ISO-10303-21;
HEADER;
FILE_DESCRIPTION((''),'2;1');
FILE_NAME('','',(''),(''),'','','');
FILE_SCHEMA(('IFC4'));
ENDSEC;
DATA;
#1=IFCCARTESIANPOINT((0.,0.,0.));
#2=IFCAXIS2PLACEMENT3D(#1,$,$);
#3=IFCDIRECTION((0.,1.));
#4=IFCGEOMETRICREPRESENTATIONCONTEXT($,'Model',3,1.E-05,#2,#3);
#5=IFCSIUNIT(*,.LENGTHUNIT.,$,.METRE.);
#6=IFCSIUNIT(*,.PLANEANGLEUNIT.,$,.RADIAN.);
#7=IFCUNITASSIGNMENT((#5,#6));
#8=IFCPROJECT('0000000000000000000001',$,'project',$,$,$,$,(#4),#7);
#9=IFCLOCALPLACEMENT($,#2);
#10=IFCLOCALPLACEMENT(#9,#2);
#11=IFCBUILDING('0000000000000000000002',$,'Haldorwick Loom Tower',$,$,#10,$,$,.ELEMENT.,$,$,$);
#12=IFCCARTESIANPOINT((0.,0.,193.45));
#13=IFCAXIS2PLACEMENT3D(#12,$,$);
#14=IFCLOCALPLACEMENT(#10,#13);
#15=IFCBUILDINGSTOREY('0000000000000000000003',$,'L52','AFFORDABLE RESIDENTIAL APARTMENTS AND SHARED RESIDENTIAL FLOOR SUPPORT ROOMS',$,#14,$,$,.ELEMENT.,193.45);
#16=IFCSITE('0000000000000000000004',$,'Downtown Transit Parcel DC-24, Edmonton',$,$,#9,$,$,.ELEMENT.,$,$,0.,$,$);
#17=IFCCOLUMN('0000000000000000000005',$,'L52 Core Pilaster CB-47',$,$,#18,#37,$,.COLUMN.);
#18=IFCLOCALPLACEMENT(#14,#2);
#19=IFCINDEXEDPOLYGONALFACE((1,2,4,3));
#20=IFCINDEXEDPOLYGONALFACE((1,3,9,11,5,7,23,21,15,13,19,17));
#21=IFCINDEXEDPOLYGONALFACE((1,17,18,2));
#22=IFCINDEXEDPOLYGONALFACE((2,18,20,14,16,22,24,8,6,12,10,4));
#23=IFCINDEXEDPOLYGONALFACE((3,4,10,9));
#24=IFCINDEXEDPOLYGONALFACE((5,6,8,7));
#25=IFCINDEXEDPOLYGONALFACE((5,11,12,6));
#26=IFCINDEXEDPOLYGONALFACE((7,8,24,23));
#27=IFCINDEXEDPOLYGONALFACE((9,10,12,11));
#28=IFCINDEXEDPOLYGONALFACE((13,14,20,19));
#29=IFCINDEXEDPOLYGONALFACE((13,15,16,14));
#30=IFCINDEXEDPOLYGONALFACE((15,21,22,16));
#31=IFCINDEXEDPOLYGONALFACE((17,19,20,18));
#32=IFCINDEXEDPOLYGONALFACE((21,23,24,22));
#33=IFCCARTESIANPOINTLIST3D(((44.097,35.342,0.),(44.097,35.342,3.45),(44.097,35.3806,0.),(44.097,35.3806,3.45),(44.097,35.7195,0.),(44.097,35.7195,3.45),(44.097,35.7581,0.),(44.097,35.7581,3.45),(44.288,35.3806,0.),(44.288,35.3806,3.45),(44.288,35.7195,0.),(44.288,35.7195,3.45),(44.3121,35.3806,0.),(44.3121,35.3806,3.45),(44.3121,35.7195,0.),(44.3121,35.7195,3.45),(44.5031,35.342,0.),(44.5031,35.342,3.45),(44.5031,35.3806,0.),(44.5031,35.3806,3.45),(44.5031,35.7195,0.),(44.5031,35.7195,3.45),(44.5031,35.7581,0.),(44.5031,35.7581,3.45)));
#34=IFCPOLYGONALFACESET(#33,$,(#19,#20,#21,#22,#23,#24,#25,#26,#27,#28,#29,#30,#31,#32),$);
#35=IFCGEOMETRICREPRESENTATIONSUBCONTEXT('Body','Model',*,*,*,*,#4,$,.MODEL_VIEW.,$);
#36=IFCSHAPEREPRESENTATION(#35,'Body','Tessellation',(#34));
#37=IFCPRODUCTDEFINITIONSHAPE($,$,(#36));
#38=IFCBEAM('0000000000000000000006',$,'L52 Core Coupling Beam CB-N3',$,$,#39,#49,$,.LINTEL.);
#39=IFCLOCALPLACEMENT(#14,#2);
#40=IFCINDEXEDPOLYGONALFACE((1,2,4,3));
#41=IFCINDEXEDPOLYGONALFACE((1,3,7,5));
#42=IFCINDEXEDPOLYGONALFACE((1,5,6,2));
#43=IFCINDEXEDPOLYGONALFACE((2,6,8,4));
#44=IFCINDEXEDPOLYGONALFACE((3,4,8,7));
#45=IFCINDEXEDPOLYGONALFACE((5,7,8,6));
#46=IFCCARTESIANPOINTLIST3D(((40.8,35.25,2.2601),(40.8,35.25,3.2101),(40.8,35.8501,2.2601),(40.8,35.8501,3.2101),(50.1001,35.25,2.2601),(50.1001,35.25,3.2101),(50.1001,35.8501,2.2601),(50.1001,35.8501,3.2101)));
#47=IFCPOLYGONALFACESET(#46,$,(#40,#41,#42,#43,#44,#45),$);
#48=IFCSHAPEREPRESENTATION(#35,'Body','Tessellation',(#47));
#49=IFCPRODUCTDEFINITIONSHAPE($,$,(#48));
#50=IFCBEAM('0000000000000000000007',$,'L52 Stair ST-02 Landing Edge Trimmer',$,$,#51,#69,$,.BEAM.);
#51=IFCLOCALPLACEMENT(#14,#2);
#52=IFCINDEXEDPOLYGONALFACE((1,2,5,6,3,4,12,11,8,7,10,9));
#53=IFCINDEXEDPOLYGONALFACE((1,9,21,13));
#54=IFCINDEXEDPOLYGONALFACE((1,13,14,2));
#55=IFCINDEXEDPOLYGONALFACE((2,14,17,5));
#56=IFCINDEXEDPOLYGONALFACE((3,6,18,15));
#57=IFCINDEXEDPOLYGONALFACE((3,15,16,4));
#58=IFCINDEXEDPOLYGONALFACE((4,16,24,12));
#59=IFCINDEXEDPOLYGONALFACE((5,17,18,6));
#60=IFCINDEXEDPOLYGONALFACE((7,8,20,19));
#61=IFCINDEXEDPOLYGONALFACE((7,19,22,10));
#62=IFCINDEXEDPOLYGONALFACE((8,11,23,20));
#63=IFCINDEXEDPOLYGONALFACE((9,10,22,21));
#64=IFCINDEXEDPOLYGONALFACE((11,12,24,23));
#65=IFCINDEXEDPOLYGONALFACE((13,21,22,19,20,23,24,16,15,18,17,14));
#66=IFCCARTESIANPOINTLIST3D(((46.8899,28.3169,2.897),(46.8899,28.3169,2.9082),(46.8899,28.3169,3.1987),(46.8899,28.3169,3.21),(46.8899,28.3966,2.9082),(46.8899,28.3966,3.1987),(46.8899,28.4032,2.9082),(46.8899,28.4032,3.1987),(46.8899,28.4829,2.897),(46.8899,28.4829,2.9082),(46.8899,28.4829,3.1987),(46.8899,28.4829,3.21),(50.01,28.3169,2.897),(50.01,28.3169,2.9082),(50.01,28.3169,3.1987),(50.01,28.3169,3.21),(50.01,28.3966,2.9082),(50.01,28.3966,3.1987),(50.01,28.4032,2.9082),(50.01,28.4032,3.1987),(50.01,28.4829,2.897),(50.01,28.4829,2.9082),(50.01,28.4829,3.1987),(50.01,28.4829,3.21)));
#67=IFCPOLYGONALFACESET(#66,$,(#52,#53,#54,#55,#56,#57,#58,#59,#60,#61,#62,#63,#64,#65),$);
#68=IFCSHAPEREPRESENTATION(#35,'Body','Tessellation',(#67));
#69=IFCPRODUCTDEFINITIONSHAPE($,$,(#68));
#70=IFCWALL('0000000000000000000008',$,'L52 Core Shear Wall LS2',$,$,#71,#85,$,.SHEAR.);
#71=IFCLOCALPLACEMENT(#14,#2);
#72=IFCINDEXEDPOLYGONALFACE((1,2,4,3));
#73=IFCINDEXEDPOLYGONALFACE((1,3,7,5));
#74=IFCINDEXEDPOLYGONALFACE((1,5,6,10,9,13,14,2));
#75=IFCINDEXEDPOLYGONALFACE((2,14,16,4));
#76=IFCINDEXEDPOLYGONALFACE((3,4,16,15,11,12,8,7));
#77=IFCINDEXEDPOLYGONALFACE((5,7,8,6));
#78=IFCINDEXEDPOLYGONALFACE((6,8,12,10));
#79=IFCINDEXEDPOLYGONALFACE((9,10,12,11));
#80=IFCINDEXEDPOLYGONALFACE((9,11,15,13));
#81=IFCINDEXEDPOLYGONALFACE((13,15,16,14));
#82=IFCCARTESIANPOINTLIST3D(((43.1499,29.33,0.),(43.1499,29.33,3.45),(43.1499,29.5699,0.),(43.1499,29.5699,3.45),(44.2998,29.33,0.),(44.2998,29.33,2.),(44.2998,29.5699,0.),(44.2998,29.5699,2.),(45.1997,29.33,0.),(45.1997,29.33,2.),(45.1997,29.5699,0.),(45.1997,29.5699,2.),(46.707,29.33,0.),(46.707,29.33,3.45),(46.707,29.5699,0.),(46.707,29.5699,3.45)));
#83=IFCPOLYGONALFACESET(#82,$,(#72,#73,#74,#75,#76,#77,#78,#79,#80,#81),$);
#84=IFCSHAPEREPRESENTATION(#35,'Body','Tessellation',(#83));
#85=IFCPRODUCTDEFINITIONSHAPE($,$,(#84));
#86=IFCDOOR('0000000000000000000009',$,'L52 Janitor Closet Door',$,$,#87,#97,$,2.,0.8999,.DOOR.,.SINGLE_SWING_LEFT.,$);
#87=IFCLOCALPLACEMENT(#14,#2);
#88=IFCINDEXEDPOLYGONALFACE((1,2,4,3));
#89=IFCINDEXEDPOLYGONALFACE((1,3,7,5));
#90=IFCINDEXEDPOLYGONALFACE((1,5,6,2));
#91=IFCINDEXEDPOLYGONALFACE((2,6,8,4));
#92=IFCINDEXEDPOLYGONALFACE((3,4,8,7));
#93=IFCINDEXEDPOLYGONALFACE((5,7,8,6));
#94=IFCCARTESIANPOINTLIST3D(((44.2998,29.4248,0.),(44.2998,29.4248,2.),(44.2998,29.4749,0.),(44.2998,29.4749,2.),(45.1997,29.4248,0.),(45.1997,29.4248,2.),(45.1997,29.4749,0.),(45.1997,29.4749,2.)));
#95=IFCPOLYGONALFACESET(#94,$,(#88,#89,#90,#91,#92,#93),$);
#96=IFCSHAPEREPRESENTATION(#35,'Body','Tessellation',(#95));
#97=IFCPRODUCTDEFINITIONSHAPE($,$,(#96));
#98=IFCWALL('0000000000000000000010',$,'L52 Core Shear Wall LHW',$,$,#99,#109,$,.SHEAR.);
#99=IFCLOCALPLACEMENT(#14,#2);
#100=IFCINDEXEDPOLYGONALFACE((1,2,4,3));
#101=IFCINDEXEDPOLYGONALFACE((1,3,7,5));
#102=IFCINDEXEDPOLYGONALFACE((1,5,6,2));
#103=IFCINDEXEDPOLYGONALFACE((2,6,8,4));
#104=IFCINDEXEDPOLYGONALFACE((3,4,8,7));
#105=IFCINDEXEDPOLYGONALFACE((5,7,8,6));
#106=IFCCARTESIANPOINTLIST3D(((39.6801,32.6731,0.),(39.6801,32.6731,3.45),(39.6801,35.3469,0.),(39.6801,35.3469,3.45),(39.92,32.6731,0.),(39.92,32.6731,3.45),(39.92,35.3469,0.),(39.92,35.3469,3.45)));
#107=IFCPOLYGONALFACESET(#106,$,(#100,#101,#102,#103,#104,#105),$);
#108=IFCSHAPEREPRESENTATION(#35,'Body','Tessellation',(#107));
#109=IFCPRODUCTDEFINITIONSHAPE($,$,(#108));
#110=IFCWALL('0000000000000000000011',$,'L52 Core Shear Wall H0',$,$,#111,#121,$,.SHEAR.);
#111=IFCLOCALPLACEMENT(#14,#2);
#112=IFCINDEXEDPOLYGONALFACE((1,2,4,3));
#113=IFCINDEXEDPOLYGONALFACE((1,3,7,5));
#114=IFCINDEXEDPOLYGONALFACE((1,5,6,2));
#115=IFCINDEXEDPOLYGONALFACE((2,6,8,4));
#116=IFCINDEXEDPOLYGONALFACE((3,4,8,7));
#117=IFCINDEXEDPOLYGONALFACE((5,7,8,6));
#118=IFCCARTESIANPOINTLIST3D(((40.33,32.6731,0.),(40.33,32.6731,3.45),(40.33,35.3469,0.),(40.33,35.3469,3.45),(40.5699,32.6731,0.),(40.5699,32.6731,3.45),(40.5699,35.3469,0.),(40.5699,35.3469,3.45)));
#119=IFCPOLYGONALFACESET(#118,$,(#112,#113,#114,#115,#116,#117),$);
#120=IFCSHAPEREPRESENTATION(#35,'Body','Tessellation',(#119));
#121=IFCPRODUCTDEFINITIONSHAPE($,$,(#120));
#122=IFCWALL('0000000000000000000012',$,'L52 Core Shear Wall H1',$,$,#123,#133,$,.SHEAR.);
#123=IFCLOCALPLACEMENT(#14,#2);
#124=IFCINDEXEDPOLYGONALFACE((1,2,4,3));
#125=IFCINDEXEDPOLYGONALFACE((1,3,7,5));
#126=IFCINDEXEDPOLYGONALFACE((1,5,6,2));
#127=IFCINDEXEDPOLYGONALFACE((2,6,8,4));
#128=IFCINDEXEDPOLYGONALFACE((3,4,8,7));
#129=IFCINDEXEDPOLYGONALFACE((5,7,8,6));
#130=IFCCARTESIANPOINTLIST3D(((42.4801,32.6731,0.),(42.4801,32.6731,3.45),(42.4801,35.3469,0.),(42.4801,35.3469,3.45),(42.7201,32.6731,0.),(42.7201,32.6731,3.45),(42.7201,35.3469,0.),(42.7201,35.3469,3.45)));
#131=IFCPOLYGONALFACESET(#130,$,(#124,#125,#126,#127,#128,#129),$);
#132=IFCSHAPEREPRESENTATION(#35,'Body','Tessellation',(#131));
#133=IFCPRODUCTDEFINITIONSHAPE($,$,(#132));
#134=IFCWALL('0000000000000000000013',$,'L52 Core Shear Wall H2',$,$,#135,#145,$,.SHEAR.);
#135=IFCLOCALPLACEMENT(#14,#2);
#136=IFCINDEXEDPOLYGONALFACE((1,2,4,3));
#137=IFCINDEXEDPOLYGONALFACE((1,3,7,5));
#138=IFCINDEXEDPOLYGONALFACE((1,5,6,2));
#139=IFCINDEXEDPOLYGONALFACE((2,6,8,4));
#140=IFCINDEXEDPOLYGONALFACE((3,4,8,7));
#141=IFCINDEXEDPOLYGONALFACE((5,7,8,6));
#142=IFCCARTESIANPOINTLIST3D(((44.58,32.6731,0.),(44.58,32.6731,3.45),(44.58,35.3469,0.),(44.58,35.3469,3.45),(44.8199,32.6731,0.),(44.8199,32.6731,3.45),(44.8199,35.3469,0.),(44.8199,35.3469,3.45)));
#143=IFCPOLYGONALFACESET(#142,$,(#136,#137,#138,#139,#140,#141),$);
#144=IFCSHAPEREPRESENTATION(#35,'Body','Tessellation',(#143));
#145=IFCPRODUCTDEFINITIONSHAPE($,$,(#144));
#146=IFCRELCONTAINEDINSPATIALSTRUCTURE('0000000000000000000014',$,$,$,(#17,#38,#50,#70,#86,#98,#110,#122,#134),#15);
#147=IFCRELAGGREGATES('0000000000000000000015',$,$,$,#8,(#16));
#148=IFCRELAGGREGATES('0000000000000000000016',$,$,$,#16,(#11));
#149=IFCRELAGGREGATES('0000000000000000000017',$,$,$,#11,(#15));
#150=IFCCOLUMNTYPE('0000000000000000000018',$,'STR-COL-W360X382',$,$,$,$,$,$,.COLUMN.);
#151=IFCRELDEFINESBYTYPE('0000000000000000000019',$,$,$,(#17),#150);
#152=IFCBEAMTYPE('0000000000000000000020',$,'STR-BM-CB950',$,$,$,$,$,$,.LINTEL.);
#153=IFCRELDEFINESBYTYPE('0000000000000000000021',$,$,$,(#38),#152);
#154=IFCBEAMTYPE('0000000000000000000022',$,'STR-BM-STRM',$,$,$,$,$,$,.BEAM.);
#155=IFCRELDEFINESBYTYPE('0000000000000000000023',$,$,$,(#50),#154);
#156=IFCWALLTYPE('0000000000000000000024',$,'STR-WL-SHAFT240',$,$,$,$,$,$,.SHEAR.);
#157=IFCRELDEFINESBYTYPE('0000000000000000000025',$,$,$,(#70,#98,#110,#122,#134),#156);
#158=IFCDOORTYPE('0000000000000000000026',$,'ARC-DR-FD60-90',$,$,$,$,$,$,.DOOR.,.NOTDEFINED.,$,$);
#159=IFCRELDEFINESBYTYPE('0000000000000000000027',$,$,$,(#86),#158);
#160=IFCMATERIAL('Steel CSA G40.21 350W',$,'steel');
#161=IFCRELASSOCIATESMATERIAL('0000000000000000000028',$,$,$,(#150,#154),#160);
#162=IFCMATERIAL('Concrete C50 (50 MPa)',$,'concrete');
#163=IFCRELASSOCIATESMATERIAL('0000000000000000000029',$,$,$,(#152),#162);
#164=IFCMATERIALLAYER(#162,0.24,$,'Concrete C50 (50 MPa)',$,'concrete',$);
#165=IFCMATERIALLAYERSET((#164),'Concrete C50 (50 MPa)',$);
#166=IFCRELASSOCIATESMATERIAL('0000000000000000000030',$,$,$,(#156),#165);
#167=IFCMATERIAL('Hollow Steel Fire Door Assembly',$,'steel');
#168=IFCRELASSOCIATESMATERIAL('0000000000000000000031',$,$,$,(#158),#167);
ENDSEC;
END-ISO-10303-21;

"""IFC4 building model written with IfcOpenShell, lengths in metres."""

from ifc_helpers import new_model, si_unit, direction, frame, frame_2d, origin, origin_2d, place, context, subcontext, project, spatial, rectangle, i_section, extrude, material, layer, layer_set, material_profile, profile_set, type_object, element, fill, save


model = new_model("IFC4")

# Units and contexts
model_context = context("Model", 3, precision=1e-05, world=origin(), true_north=direction((0.0, 1.0)))
body_context = subcontext(model_context, "Body", "Model", "MODEL_VIEW")
ifc_project = project(units=[si_unit("LENGTHUNIT", "METRE"), si_unit("PLANEANGLEUNIT", "RADIAN")], contexts=[model_context])

# Site, building, storey
site_placement = place(None, origin())
site = spatial("IfcSite", under=ifc_project, at=site_placement, Name="Downtown Transit Parcel DC-24, Edmonton", CompositionType="ELEMENT", RefElevation=0.0)
building_placement = place(site_placement, origin())
building = spatial("IfcBuilding", under=site, at=building_placement, Name="Haldorwick Loom Tower", CompositionType="ELEMENT")
storey_placement = place(building_placement, frame((0.0, 0.0, 193.45)))
storey = spatial("IfcBuildingStorey", under=building, at=storey_placement, Name="L52", Description="AFFORDABLE RESIDENTIAL APARTMENTS AND SHARED RESIDENTIAL FLOOR SUPPORT ROOMS", CompositionType="ELEMENT", Elevation=193.45)

# Column
ifc_material_1 = material(Name="Steel CSA G40.21 350W", Category="steel")
ifc_material_profile_1 = material_profile(ifc_material_1, i_section(OverallWidth=0.406, OverallDepth=0.416, WebThickness=0.0242, FlangeThickness=0.0386, at=origin_2d()), Name="W360X382", Category="steel")
ifc_profile_set_1 = profile_set([ifc_material_profile_1], Name="Steel CSA G40.21 350W")
column_type = type_object("IfcColumnType", Name="STR-COL-W360X382", PredefinedType="COLUMN", material=ifc_profile_set_1)
for number, where, z_axis, x_axis, name in (
    (1, (44.3, 35.55, 0.0), (0.0, 0.0, 1.0), (1.0, 0.0, 0.0), "L52 Core Pilaster CB-47"),
):
    element("IfcColumn", number, at=place(storey_placement, frame(where, z_axis=z_axis, x_axis=x_axis)), inside=storey, type_object=column_type, Name=name, PredefinedType="COLUMN", context=body_context, shape_type="SweptSolid", body=[
        extrude(i_section(OverallWidth=0.406, OverallDepth=0.416, WebThickness=0.0242, FlangeThickness=0.0386, at=origin_2d()), origin(), (0.0, 0.0, 1.0), 3.45),
    ])

# Beams
ifc_material_2 = material(Name="Concrete C50 (50 MPa)", Category="concrete")
ifc_material_profile_2 = material_profile(ifc_material_2, rectangle(XDim=0.6001, YDim=0.95, at=origin_2d()), Name="RC600X950", Category="concrete")
ifc_profile_set_2 = profile_set([ifc_material_profile_2], Name="Concrete C50 (50 MPa)")
beam_type_1 = type_object("IfcBeamType", Name="STR-BM-CB950", PredefinedType="LINTEL", material=ifc_profile_set_2)
beam_1_placement = place(storey_placement, frame((40.8, 35.55, 2.7351), z_axis=(1.0, 0.0, 0.0), x_axis=(0.0, 1.0, 0.0)))
element("IfcBeam", 2, at=beam_1_placement, inside=storey, type_object=beam_type_1, Name="L52 Core Coupling Beam CB-N3", PredefinedType="LINTEL", context=body_context, shape_type="SweptSolid", body=[
    extrude(rectangle(XDim=0.6001, YDim=0.95, at=origin_2d()), origin(), (0.0, 0.0, 1.0), 9.3),
])
ifc_material_profile_3 = material_profile(ifc_material_1, i_section(OverallWidth=0.166, OverallDepth=0.313, WebThickness=0.0066, FlangeThickness=0.0112, at=origin_2d()), Name="W310X45", Category="steel")
ifc_profile_set_3 = profile_set([ifc_material_profile_3], Name="Steel CSA G40.21 350W")
beam_type_2 = type_object("IfcBeamType", Name="STR-BM-STRM", PredefinedType="BEAM", material=ifc_profile_set_3)
beam_2_placement = place(storey_placement, frame((46.8899, 28.3999, 3.0535), z_axis=(1.0, 0.0, 0.0), x_axis=(0.0, 1.0, 0.0)))
element("IfcBeam", 3, at=beam_2_placement, inside=storey, type_object=beam_type_2, Name="L52 Stair ST-02 Landing Edge Trimmer", PredefinedType="BEAM", context=body_context, shape_type="SweptSolid", body=[
    extrude(i_section(OverallWidth=0.166, OverallDepth=0.313, WebThickness=0.0066, FlangeThickness=0.0112, at=origin_2d()), origin(), (0.0, 0.0, 1.0), 3.1201),
])

# Wall, opening, door
ifc_layer = layer(ifc_material_2, 0.24, Name="Concrete C50 (50 MPa)", Category="concrete")
ifc_layer_set = layer_set([ifc_layer], Name="Concrete C50 (50 MPa)")
wall_type = type_object("IfcWallType", Name="STR-WL-SHAFT240", PredefinedType="SHEAR", material=ifc_layer_set)
wall_placement = place(storey_placement, frame((43.1499, 29.45, 0.0), z_axis=(0.0, 0.0, 1.0), x_axis=(1.0, 0.0, 0.0)))
wall = element("IfcWall", 4, at=wall_placement, inside=storey, type_object=wall_type, Name="L52 Core Shear Wall LS2", PredefinedType="SHEAR", context=body_context, shape_type="SweptSolid", body=[
    extrude(rectangle(XDim=3.5571, YDim=0.24, at=frame_2d((1.7786, 0.0))), origin(), (0.0, 0.0, 1.0), 3.45),
])
opening_placement = place(wall_placement, frame((1.1499, 0.0, 0.0)))
opening = element("IfcOpeningElement", 5, at=opening_placement, cuts=wall, PredefinedType="OPENING", context=body_context, shape_type="SweptSolid", body=[
    extrude(rectangle(XDim=0.8999, YDim=2.0, at=frame_2d((0.45, 1.0))), frame((0.0, 0.1299, 0.0), z_axis=(0.0, -1.0, 0.0), x_axis=(1.0, 0.0, 0.0)), (0.0, 0.0, 1.0), 0.26),
])
ifc_material_3 = material(Name="Hollow Steel Fire Door Assembly", Category="steel")
door_type = type_object("IfcDoorType", Name="ARC-DR-FD60-90", OperationType="NOTDEFINED", PredefinedType="DOOR", material=ifc_material_3)
door_placement = place(opening_placement, origin())
door = element("IfcDoor", 6, at=door_placement, inside=storey, type_object=door_type, Name="L52 Janitor Closet Door", OperationType="SINGLE_SWING_LEFT", OverallHeight=2.0, OverallWidth=0.8999, PredefinedType="DOOR", context=body_context, shape_type="SweptSolid", body=[
    extrude(rectangle(XDim=0.8999, YDim=2.0, at=frame_2d((0.45, 1.0))), frame((0.0, 0.0249, 0.0), z_axis=(0.0, -1.0, 0.0), x_axis=(1.0, 0.0, 0.0)), (0.0, 0.0, 1.0), 0.05),
])
fill(opening, door)

# Walls
for number, where, z_axis, x_axis, name in (
    (7, (39.8, 32.6731, 0.0), (0.0, 0.0, 1.0), (0.0, 1.0, 0.0), "L52 Core Shear Wall LHW"),
    (8, (40.45, 32.6731, 0.0), (0.0, 0.0, 1.0), (0.0, 1.0, 0.0), "L52 Core Shear Wall H0"),
    (9, (42.6001, 32.6731, 0.0), (0.0, 0.0, 1.0), (0.0, 1.0, 0.0), "L52 Core Shear Wall H1"),
    (10, (44.7, 32.6731, 0.0), (0.0, 0.0, 1.0), (0.0, 1.0, 0.0), "L52 Core Shear Wall H2"),
):
    element("IfcWall", number, at=place(storey_placement, frame(where, z_axis=z_axis, x_axis=x_axis)), inside=storey, type_object=wall_type, Name=name, PredefinedType="SHEAR", context=body_context, shape_type="SweptSolid", body=[
        extrude(rectangle(XDim=2.6738, YDim=0.24, at=frame_2d((1.3369, 0.0))), origin(), (0.0, 0.0, 1.0), 3.45),
    ])

save(model, "model.ifc")
